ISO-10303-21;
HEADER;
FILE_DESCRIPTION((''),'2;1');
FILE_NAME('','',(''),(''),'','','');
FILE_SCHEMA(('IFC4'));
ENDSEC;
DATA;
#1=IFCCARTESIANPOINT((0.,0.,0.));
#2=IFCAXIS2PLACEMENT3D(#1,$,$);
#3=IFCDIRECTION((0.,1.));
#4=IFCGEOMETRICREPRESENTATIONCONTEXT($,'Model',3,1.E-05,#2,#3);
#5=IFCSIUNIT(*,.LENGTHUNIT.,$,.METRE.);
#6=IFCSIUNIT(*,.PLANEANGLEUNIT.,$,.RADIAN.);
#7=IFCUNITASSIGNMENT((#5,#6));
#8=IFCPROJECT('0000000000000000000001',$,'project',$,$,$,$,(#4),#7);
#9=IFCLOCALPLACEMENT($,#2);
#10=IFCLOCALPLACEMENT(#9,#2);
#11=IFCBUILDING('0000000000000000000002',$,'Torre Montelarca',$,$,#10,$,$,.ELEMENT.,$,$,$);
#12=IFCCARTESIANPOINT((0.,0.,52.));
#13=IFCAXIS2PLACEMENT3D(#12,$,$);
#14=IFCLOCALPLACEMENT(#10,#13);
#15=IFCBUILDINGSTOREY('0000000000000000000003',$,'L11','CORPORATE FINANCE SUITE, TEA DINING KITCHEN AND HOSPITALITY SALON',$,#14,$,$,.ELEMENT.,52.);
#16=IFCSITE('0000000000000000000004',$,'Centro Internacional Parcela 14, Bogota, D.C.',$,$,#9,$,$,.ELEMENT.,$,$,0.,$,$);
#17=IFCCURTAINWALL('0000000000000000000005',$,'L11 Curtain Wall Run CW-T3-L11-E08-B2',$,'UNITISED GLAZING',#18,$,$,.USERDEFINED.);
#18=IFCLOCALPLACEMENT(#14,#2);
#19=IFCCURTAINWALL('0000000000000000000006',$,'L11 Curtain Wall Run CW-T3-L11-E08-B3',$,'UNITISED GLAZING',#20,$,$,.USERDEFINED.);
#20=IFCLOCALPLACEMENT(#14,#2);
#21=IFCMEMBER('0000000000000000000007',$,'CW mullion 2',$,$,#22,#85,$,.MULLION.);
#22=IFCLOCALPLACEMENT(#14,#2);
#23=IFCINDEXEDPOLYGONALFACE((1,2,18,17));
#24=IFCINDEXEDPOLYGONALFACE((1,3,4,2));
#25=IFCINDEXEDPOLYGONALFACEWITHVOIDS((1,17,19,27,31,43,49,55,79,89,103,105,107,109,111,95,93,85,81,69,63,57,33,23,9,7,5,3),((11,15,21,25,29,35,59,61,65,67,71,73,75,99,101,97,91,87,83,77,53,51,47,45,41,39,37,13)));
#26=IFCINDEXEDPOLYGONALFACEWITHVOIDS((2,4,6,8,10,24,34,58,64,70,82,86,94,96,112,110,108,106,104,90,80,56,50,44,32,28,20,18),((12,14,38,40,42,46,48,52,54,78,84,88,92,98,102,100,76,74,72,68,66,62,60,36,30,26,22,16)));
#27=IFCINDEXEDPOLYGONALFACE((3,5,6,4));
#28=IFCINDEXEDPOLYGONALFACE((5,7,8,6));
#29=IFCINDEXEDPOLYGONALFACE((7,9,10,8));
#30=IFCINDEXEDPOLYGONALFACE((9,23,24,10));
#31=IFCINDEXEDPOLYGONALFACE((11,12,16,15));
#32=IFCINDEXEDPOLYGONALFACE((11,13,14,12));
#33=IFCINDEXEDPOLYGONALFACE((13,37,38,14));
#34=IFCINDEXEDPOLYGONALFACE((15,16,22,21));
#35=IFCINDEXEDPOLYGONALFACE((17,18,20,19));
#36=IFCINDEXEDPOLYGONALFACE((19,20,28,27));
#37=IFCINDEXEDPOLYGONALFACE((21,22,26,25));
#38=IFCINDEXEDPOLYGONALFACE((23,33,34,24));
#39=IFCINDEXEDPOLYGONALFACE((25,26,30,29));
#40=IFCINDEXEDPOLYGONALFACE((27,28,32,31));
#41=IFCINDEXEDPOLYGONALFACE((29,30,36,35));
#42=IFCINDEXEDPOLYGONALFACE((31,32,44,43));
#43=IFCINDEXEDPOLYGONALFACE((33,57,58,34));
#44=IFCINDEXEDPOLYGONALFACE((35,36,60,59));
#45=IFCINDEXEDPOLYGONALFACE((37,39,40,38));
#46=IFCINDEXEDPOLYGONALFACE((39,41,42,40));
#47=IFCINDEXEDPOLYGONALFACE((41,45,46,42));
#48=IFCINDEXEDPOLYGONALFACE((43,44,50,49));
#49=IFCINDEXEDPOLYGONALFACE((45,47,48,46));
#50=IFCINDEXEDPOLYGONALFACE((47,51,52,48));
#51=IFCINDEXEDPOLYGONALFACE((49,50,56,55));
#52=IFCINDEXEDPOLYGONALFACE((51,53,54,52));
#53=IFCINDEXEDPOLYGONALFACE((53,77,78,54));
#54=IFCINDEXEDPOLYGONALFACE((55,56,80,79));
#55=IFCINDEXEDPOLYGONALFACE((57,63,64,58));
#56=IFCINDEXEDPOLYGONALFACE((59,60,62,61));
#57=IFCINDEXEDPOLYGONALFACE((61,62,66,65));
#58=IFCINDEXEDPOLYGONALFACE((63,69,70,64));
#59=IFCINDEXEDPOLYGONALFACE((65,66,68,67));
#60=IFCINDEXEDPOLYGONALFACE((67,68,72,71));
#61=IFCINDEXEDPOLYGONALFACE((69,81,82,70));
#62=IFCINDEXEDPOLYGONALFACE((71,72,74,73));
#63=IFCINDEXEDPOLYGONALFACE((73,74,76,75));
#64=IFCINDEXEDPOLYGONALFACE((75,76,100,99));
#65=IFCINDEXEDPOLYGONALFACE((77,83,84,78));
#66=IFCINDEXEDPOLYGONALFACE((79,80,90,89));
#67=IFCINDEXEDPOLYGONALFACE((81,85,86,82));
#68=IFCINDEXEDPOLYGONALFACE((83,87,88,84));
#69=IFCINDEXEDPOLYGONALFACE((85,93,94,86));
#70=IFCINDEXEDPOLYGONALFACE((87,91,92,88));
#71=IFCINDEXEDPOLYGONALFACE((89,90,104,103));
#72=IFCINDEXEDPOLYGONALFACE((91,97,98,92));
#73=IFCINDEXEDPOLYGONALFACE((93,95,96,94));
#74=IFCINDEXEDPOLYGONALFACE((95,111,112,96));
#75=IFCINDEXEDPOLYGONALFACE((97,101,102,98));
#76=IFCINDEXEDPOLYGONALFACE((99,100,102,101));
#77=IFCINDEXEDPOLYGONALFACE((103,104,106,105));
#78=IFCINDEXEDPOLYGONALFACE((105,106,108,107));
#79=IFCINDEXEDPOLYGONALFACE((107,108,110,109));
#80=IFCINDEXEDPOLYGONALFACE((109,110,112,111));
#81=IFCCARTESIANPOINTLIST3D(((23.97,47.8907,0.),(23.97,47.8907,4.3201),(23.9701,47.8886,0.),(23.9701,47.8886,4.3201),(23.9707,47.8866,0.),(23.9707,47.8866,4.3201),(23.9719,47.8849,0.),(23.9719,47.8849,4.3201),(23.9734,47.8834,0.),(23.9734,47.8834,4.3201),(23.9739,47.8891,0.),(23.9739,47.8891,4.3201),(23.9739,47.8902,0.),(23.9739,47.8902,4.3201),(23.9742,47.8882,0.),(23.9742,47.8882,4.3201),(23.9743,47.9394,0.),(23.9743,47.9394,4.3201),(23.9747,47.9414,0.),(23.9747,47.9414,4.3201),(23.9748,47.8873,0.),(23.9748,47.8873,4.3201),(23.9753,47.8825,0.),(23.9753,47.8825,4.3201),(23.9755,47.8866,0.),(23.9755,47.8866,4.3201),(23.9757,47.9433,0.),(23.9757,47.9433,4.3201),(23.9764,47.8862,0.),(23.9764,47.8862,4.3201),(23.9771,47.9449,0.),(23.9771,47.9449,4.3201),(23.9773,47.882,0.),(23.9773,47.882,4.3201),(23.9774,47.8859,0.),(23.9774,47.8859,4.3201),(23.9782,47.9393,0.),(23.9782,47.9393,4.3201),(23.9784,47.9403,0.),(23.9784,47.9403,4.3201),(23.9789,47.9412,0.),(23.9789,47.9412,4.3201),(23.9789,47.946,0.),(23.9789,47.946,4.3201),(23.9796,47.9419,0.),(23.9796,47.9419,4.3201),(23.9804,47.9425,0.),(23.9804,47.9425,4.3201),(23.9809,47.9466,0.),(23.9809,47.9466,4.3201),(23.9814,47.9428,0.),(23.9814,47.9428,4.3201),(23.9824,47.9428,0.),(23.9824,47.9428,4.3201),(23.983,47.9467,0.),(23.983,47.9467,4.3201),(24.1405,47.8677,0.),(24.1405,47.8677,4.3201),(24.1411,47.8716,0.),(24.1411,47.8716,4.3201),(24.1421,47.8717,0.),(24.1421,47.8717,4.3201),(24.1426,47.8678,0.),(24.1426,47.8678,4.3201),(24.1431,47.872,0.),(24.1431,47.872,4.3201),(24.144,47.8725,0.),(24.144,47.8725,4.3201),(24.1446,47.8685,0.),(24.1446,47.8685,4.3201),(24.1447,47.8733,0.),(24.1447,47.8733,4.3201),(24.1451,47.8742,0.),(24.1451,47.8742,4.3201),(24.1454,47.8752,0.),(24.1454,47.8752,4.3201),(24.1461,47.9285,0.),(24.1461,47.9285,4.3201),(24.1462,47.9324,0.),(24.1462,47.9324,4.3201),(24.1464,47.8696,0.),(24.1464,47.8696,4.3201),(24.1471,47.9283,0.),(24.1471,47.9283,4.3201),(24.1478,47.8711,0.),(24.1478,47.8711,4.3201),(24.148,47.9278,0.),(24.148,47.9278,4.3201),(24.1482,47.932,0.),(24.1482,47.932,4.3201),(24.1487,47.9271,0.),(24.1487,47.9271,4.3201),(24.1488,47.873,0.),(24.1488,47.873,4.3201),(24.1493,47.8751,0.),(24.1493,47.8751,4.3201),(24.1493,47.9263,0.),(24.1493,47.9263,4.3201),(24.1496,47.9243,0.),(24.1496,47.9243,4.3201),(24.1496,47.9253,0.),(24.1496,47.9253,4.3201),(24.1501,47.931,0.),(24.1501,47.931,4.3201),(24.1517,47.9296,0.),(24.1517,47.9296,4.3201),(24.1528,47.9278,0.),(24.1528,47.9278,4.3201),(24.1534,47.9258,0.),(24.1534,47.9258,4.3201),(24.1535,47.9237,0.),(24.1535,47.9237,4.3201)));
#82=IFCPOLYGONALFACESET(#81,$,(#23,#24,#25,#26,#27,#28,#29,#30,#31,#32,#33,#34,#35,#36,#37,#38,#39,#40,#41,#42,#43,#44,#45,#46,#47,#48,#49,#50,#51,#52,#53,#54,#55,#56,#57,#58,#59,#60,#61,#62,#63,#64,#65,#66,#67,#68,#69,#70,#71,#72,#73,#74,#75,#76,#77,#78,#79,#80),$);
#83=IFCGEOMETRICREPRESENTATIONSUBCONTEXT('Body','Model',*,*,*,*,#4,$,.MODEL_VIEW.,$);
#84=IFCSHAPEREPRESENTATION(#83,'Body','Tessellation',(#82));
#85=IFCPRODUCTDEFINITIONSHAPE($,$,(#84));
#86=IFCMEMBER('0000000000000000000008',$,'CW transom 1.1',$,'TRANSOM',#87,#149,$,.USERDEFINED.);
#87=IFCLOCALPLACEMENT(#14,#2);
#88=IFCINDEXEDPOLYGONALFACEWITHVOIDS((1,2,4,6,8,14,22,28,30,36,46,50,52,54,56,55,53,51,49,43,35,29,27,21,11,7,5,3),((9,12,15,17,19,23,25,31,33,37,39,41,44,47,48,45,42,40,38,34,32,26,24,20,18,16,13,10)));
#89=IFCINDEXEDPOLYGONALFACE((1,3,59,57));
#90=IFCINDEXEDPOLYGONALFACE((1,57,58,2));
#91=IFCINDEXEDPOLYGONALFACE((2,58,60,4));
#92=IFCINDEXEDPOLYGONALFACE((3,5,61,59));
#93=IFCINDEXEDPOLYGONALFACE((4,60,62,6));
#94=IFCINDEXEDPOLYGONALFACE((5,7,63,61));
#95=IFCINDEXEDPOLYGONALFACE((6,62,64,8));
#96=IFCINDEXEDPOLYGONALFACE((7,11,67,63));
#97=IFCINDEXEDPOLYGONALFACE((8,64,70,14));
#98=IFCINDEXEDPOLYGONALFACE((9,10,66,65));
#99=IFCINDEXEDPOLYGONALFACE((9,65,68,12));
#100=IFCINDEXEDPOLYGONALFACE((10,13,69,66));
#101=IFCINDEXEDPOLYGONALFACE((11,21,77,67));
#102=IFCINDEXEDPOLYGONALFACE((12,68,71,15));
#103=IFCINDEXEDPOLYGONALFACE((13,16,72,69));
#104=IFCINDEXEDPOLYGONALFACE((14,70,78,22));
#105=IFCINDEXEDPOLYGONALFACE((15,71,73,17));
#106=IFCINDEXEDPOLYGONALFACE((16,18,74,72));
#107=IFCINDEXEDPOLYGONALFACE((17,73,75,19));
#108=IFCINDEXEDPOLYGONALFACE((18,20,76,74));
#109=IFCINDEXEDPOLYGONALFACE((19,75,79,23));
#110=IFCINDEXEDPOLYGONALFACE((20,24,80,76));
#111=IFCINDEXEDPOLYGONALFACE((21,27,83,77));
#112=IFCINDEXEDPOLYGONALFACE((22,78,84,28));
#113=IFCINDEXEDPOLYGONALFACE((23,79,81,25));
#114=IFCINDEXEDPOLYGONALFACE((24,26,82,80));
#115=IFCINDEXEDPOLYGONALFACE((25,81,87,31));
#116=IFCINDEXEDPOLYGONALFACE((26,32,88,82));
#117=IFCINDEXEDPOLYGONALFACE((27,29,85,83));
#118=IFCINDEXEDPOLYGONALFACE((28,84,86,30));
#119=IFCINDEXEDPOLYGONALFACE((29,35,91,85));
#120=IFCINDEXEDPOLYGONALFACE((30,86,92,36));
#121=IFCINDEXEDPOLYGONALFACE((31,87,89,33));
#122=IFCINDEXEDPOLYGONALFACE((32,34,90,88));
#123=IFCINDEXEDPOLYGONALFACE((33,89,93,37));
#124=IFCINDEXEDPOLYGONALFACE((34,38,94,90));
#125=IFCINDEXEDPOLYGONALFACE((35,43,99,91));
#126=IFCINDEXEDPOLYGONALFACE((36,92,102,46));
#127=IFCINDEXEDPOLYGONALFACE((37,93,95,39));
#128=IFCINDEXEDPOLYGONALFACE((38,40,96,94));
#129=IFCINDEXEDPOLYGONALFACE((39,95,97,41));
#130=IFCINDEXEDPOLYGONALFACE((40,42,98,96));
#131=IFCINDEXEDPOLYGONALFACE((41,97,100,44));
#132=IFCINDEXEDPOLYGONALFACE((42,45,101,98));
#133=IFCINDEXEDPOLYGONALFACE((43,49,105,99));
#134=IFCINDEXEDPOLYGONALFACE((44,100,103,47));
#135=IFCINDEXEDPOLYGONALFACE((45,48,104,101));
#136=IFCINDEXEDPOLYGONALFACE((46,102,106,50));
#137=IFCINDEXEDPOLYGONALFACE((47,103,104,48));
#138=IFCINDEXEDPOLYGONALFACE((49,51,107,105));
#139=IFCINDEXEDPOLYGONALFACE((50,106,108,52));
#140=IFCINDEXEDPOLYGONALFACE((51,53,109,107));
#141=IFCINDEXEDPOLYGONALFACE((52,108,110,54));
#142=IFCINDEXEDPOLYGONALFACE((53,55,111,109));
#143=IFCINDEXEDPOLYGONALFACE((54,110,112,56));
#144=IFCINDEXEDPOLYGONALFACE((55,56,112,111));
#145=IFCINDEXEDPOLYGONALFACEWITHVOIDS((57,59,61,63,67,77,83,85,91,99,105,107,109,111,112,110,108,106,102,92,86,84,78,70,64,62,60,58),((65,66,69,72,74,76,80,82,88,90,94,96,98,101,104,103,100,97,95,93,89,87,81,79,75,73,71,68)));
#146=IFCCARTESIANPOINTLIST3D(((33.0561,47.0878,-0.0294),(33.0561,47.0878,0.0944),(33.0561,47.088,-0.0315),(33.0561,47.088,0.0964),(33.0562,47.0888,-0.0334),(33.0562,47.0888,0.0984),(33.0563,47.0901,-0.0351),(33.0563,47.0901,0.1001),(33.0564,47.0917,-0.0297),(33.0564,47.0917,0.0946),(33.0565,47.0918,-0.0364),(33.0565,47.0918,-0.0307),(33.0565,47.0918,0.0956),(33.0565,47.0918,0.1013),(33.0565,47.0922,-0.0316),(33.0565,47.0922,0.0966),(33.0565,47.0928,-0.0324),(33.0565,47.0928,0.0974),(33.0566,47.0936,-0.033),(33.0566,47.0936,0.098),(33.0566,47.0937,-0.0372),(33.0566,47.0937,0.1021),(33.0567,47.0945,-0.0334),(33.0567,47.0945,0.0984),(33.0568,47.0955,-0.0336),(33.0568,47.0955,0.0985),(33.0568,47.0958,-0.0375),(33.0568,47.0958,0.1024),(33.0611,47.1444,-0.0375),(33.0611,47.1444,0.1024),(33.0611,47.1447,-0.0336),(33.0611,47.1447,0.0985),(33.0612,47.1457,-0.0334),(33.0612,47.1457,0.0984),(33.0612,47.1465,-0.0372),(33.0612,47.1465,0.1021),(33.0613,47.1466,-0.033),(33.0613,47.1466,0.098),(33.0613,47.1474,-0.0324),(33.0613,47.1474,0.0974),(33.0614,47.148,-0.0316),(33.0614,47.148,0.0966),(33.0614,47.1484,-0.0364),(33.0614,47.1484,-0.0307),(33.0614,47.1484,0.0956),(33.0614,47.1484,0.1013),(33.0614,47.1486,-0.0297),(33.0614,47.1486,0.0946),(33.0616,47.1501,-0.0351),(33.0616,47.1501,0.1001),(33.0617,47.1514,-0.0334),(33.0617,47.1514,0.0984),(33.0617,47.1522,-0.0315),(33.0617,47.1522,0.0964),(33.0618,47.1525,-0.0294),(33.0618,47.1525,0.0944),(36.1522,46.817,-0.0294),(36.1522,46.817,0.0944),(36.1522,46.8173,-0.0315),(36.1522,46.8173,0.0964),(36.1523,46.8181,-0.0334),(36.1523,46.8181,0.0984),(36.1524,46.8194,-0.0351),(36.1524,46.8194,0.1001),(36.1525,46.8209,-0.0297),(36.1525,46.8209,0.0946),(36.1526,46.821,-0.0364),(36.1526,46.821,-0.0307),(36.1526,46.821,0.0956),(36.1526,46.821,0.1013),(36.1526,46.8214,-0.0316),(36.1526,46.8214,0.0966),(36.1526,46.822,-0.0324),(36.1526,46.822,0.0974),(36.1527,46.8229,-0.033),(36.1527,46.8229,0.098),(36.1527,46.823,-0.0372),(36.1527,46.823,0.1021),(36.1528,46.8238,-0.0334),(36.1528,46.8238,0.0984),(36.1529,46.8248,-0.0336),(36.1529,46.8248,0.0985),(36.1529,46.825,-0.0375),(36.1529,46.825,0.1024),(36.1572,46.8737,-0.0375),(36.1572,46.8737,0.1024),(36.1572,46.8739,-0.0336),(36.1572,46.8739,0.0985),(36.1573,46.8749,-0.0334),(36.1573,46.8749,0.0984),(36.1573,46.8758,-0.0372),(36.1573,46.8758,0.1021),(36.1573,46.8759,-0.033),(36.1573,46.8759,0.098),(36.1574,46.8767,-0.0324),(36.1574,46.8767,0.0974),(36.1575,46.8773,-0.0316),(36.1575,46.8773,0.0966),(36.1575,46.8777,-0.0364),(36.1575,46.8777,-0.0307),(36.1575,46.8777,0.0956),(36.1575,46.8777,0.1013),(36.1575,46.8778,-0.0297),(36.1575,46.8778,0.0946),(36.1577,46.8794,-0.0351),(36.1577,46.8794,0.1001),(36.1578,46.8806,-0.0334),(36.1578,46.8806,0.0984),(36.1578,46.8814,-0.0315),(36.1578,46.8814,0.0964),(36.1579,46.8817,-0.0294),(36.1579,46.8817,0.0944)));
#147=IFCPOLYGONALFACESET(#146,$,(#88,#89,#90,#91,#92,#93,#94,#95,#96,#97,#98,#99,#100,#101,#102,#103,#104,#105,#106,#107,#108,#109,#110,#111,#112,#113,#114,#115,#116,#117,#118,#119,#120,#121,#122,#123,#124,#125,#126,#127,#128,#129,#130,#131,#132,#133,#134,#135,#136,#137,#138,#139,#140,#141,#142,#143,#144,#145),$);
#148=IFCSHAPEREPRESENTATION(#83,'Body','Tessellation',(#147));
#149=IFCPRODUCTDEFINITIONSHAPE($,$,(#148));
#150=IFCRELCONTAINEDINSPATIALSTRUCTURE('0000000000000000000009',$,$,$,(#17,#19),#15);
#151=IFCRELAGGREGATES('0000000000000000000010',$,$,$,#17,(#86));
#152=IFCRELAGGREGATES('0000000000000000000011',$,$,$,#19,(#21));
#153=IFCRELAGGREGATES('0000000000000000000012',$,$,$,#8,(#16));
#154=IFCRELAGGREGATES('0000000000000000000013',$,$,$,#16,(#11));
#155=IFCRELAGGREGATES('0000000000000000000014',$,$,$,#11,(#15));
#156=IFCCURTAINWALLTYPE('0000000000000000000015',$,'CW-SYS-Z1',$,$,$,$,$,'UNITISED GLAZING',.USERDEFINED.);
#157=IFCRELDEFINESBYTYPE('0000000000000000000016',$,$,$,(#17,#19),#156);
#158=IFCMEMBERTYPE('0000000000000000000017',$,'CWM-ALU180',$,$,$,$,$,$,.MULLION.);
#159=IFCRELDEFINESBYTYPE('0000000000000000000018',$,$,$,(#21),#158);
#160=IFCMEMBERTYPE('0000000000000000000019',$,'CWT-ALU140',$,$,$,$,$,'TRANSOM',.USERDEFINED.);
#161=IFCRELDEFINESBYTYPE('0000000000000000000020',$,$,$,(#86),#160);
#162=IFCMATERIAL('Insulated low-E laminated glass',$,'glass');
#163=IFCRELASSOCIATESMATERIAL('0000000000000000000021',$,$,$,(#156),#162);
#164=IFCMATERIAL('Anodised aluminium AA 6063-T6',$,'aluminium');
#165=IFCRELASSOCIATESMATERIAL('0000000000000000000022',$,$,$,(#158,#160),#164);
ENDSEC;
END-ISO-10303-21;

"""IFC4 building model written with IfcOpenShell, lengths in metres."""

from ifc_helpers import new_model, si_unit, direction, frame, origin, origin_2d, place, context, subcontext, project, spatial, hollow_rectangle, extrude, source, transform, mapped, material, material_profile, profile_set, type_object, element, aggregate, save


model = new_model("IFC4")

# Units and contexts
model_context = context("Model", 3, precision=1e-05, world=origin(), true_north=direction((0.0, 1.0)))
body_context = subcontext(model_context, "Body", "Model", "MODEL_VIEW")
ifc_project = project(units=[si_unit("LENGTHUNIT", "METRE"), si_unit("PLANEANGLEUNIT", "RADIAN")], contexts=[model_context])

# Site, building, storey
site_placement = place(None, origin())
site = spatial("IfcSite", under=ifc_project, at=site_placement, Name="Centro Internacional Parcela 14, Bogota, D.C.", CompositionType="ELEMENT", RefElevation=0.0)
building_placement = place(site_placement, origin())
building = spatial("IfcBuilding", under=site, at=building_placement, Name="Torre Montelarca", CompositionType="ELEMENT")
storey_placement = place(building_placement, frame((0.0, 0.0, 52.0)))
storey = spatial("IfcBuildingStorey", under=building, at=storey_placement, Name="L11", Description="CORPORATE FINANCE SUITE, TEA DINING KITCHEN AND HOSPITALITY SALON", CompositionType="ELEMENT", Elevation=52.0)

# Curtain walls, member
ifc_material_1 = material(Name="Insulated low-E laminated glass", Category="glass")
curtain_wall_type = type_object("IfcCurtainWallType", Name="CW-SYS-Z1", ElementType="UNITISED GLAZING", PredefinedType="USERDEFINED", material=ifc_material_1)
curtain_wall_1_placement = place(storey_placement, origin())
curtain_wall_1 = element("IfcCurtainWall", 1, at=curtain_wall_1_placement, inside=storey, type_object=curtain_wall_type, Name="L11 Curtain Wall Run CW-T3-L11-E08-B2", ObjectType="UNITISED GLAZING", PredefinedType="USERDEFINED")
ifc_material_2 = material(Name="Anodised aluminium AA 6063-T6", Category="aluminium")
ifc_material_profile_1 = material_profile(ifc_material_2, hollow_rectangle(XDim=0.0649, YDim=0.1799, WallThickness=0.0039, InnerFilletRadius=0.0039, OuterFilletRadius=0.0081, at=origin_2d()), Name="ALU65X180X4", Category="aluminium")
ifc_profile_set_1 = profile_set([ifc_material_profile_1], Name="Anodised aluminium AA 6063-T6")
member_type_1 = type_object("IfcMemberType", Name="CWM-ALU180", PredefinedType="MULLION", material=ifc_profile_set_1)
shared_shape_1 = source(origin(), body_context, "Body", "SweptSolid", [
    extrude(hollow_rectangle(XDim=0.0649, YDim=0.1799, WallThickness=0.0039, InnerFilletRadius=0.0039, OuterFilletRadius=0.0081, at=origin_2d()), origin(), (0.0, 0.0, 1.0), 4.3201),
])
curtain_wall_2_placement = place(storey_placement, origin())
curtain_wall_2 = element("IfcCurtainWall", 2, at=curtain_wall_2_placement, inside=storey, type_object=curtain_wall_type, Name="L11 Curtain Wall Run CW-T3-L11-E08-B3", ObjectType="UNITISED GLAZING", PredefinedType="USERDEFINED")
member_1_placement = place(storey_placement, frame((24.0618, 47.9072, 0.0), z_axis=(0.0, 0.0, 1.0), x_axis=(-0.087162, -0.996194, 0.0)))
member_1 = element("IfcMember", 3, at=member_1_placement, type_object=member_type_1, Name="CW mullion 2", PredefinedType="MULLION", context=body_context, shape_type="MappedRepresentation", body=[
    mapped(shared_shape_1, transform((0.0, 0.0, 0.0), scale=1.0)),
])

# Member
ifc_material_profile_2 = material_profile(ifc_material_2, hollow_rectangle(XDim=0.0649, YDim=0.1399, WallThickness=0.0039, InnerFilletRadius=0.0039, OuterFilletRadius=0.0081, at=origin_2d()), Name="ALU65X140X4", Category="aluminium")
ifc_profile_set_2 = profile_set([ifc_material_profile_2], Name="Anodised aluminium AA 6063-T6")
member_type_2 = type_object("IfcMemberType", Name="CWT-ALU140", ElementType="TRANSOM", PredefinedType="USERDEFINED", material=ifc_profile_set_2)
shared_shape_2 = source(origin(), body_context, "Body", "SweptSolid", [
    extrude(hollow_rectangle(XDim=0.0649, YDim=0.1399, WallThickness=0.0039, InnerFilletRadius=0.0039, OuterFilletRadius=0.0081, at=origin_2d()), origin(), (0.0, 0.0, 1.0), 3.1079),
])
member_2_placement = place(storey_placement, frame((36.155, 46.8494, 0.0325), z_axis=(-0.996198, 0.087114, 0.0), x_axis=(-0.087114, -0.996198, 0.0)))
member_2 = element("IfcMember", 4, at=member_2_placement, type_object=member_type_2, Name="CW transom 1.1", ObjectType="TRANSOM", PredefinedType="USERDEFINED", context=body_context, shape_type="MappedRepresentation", body=[
    mapped(shared_shape_2, transform((0.0, 0.0, 0.0), scale=1.0)),
])

aggregate(curtain_wall_1, [member_2])
aggregate(curtain_wall_2, [member_1])

save(model, "model.ifc")
